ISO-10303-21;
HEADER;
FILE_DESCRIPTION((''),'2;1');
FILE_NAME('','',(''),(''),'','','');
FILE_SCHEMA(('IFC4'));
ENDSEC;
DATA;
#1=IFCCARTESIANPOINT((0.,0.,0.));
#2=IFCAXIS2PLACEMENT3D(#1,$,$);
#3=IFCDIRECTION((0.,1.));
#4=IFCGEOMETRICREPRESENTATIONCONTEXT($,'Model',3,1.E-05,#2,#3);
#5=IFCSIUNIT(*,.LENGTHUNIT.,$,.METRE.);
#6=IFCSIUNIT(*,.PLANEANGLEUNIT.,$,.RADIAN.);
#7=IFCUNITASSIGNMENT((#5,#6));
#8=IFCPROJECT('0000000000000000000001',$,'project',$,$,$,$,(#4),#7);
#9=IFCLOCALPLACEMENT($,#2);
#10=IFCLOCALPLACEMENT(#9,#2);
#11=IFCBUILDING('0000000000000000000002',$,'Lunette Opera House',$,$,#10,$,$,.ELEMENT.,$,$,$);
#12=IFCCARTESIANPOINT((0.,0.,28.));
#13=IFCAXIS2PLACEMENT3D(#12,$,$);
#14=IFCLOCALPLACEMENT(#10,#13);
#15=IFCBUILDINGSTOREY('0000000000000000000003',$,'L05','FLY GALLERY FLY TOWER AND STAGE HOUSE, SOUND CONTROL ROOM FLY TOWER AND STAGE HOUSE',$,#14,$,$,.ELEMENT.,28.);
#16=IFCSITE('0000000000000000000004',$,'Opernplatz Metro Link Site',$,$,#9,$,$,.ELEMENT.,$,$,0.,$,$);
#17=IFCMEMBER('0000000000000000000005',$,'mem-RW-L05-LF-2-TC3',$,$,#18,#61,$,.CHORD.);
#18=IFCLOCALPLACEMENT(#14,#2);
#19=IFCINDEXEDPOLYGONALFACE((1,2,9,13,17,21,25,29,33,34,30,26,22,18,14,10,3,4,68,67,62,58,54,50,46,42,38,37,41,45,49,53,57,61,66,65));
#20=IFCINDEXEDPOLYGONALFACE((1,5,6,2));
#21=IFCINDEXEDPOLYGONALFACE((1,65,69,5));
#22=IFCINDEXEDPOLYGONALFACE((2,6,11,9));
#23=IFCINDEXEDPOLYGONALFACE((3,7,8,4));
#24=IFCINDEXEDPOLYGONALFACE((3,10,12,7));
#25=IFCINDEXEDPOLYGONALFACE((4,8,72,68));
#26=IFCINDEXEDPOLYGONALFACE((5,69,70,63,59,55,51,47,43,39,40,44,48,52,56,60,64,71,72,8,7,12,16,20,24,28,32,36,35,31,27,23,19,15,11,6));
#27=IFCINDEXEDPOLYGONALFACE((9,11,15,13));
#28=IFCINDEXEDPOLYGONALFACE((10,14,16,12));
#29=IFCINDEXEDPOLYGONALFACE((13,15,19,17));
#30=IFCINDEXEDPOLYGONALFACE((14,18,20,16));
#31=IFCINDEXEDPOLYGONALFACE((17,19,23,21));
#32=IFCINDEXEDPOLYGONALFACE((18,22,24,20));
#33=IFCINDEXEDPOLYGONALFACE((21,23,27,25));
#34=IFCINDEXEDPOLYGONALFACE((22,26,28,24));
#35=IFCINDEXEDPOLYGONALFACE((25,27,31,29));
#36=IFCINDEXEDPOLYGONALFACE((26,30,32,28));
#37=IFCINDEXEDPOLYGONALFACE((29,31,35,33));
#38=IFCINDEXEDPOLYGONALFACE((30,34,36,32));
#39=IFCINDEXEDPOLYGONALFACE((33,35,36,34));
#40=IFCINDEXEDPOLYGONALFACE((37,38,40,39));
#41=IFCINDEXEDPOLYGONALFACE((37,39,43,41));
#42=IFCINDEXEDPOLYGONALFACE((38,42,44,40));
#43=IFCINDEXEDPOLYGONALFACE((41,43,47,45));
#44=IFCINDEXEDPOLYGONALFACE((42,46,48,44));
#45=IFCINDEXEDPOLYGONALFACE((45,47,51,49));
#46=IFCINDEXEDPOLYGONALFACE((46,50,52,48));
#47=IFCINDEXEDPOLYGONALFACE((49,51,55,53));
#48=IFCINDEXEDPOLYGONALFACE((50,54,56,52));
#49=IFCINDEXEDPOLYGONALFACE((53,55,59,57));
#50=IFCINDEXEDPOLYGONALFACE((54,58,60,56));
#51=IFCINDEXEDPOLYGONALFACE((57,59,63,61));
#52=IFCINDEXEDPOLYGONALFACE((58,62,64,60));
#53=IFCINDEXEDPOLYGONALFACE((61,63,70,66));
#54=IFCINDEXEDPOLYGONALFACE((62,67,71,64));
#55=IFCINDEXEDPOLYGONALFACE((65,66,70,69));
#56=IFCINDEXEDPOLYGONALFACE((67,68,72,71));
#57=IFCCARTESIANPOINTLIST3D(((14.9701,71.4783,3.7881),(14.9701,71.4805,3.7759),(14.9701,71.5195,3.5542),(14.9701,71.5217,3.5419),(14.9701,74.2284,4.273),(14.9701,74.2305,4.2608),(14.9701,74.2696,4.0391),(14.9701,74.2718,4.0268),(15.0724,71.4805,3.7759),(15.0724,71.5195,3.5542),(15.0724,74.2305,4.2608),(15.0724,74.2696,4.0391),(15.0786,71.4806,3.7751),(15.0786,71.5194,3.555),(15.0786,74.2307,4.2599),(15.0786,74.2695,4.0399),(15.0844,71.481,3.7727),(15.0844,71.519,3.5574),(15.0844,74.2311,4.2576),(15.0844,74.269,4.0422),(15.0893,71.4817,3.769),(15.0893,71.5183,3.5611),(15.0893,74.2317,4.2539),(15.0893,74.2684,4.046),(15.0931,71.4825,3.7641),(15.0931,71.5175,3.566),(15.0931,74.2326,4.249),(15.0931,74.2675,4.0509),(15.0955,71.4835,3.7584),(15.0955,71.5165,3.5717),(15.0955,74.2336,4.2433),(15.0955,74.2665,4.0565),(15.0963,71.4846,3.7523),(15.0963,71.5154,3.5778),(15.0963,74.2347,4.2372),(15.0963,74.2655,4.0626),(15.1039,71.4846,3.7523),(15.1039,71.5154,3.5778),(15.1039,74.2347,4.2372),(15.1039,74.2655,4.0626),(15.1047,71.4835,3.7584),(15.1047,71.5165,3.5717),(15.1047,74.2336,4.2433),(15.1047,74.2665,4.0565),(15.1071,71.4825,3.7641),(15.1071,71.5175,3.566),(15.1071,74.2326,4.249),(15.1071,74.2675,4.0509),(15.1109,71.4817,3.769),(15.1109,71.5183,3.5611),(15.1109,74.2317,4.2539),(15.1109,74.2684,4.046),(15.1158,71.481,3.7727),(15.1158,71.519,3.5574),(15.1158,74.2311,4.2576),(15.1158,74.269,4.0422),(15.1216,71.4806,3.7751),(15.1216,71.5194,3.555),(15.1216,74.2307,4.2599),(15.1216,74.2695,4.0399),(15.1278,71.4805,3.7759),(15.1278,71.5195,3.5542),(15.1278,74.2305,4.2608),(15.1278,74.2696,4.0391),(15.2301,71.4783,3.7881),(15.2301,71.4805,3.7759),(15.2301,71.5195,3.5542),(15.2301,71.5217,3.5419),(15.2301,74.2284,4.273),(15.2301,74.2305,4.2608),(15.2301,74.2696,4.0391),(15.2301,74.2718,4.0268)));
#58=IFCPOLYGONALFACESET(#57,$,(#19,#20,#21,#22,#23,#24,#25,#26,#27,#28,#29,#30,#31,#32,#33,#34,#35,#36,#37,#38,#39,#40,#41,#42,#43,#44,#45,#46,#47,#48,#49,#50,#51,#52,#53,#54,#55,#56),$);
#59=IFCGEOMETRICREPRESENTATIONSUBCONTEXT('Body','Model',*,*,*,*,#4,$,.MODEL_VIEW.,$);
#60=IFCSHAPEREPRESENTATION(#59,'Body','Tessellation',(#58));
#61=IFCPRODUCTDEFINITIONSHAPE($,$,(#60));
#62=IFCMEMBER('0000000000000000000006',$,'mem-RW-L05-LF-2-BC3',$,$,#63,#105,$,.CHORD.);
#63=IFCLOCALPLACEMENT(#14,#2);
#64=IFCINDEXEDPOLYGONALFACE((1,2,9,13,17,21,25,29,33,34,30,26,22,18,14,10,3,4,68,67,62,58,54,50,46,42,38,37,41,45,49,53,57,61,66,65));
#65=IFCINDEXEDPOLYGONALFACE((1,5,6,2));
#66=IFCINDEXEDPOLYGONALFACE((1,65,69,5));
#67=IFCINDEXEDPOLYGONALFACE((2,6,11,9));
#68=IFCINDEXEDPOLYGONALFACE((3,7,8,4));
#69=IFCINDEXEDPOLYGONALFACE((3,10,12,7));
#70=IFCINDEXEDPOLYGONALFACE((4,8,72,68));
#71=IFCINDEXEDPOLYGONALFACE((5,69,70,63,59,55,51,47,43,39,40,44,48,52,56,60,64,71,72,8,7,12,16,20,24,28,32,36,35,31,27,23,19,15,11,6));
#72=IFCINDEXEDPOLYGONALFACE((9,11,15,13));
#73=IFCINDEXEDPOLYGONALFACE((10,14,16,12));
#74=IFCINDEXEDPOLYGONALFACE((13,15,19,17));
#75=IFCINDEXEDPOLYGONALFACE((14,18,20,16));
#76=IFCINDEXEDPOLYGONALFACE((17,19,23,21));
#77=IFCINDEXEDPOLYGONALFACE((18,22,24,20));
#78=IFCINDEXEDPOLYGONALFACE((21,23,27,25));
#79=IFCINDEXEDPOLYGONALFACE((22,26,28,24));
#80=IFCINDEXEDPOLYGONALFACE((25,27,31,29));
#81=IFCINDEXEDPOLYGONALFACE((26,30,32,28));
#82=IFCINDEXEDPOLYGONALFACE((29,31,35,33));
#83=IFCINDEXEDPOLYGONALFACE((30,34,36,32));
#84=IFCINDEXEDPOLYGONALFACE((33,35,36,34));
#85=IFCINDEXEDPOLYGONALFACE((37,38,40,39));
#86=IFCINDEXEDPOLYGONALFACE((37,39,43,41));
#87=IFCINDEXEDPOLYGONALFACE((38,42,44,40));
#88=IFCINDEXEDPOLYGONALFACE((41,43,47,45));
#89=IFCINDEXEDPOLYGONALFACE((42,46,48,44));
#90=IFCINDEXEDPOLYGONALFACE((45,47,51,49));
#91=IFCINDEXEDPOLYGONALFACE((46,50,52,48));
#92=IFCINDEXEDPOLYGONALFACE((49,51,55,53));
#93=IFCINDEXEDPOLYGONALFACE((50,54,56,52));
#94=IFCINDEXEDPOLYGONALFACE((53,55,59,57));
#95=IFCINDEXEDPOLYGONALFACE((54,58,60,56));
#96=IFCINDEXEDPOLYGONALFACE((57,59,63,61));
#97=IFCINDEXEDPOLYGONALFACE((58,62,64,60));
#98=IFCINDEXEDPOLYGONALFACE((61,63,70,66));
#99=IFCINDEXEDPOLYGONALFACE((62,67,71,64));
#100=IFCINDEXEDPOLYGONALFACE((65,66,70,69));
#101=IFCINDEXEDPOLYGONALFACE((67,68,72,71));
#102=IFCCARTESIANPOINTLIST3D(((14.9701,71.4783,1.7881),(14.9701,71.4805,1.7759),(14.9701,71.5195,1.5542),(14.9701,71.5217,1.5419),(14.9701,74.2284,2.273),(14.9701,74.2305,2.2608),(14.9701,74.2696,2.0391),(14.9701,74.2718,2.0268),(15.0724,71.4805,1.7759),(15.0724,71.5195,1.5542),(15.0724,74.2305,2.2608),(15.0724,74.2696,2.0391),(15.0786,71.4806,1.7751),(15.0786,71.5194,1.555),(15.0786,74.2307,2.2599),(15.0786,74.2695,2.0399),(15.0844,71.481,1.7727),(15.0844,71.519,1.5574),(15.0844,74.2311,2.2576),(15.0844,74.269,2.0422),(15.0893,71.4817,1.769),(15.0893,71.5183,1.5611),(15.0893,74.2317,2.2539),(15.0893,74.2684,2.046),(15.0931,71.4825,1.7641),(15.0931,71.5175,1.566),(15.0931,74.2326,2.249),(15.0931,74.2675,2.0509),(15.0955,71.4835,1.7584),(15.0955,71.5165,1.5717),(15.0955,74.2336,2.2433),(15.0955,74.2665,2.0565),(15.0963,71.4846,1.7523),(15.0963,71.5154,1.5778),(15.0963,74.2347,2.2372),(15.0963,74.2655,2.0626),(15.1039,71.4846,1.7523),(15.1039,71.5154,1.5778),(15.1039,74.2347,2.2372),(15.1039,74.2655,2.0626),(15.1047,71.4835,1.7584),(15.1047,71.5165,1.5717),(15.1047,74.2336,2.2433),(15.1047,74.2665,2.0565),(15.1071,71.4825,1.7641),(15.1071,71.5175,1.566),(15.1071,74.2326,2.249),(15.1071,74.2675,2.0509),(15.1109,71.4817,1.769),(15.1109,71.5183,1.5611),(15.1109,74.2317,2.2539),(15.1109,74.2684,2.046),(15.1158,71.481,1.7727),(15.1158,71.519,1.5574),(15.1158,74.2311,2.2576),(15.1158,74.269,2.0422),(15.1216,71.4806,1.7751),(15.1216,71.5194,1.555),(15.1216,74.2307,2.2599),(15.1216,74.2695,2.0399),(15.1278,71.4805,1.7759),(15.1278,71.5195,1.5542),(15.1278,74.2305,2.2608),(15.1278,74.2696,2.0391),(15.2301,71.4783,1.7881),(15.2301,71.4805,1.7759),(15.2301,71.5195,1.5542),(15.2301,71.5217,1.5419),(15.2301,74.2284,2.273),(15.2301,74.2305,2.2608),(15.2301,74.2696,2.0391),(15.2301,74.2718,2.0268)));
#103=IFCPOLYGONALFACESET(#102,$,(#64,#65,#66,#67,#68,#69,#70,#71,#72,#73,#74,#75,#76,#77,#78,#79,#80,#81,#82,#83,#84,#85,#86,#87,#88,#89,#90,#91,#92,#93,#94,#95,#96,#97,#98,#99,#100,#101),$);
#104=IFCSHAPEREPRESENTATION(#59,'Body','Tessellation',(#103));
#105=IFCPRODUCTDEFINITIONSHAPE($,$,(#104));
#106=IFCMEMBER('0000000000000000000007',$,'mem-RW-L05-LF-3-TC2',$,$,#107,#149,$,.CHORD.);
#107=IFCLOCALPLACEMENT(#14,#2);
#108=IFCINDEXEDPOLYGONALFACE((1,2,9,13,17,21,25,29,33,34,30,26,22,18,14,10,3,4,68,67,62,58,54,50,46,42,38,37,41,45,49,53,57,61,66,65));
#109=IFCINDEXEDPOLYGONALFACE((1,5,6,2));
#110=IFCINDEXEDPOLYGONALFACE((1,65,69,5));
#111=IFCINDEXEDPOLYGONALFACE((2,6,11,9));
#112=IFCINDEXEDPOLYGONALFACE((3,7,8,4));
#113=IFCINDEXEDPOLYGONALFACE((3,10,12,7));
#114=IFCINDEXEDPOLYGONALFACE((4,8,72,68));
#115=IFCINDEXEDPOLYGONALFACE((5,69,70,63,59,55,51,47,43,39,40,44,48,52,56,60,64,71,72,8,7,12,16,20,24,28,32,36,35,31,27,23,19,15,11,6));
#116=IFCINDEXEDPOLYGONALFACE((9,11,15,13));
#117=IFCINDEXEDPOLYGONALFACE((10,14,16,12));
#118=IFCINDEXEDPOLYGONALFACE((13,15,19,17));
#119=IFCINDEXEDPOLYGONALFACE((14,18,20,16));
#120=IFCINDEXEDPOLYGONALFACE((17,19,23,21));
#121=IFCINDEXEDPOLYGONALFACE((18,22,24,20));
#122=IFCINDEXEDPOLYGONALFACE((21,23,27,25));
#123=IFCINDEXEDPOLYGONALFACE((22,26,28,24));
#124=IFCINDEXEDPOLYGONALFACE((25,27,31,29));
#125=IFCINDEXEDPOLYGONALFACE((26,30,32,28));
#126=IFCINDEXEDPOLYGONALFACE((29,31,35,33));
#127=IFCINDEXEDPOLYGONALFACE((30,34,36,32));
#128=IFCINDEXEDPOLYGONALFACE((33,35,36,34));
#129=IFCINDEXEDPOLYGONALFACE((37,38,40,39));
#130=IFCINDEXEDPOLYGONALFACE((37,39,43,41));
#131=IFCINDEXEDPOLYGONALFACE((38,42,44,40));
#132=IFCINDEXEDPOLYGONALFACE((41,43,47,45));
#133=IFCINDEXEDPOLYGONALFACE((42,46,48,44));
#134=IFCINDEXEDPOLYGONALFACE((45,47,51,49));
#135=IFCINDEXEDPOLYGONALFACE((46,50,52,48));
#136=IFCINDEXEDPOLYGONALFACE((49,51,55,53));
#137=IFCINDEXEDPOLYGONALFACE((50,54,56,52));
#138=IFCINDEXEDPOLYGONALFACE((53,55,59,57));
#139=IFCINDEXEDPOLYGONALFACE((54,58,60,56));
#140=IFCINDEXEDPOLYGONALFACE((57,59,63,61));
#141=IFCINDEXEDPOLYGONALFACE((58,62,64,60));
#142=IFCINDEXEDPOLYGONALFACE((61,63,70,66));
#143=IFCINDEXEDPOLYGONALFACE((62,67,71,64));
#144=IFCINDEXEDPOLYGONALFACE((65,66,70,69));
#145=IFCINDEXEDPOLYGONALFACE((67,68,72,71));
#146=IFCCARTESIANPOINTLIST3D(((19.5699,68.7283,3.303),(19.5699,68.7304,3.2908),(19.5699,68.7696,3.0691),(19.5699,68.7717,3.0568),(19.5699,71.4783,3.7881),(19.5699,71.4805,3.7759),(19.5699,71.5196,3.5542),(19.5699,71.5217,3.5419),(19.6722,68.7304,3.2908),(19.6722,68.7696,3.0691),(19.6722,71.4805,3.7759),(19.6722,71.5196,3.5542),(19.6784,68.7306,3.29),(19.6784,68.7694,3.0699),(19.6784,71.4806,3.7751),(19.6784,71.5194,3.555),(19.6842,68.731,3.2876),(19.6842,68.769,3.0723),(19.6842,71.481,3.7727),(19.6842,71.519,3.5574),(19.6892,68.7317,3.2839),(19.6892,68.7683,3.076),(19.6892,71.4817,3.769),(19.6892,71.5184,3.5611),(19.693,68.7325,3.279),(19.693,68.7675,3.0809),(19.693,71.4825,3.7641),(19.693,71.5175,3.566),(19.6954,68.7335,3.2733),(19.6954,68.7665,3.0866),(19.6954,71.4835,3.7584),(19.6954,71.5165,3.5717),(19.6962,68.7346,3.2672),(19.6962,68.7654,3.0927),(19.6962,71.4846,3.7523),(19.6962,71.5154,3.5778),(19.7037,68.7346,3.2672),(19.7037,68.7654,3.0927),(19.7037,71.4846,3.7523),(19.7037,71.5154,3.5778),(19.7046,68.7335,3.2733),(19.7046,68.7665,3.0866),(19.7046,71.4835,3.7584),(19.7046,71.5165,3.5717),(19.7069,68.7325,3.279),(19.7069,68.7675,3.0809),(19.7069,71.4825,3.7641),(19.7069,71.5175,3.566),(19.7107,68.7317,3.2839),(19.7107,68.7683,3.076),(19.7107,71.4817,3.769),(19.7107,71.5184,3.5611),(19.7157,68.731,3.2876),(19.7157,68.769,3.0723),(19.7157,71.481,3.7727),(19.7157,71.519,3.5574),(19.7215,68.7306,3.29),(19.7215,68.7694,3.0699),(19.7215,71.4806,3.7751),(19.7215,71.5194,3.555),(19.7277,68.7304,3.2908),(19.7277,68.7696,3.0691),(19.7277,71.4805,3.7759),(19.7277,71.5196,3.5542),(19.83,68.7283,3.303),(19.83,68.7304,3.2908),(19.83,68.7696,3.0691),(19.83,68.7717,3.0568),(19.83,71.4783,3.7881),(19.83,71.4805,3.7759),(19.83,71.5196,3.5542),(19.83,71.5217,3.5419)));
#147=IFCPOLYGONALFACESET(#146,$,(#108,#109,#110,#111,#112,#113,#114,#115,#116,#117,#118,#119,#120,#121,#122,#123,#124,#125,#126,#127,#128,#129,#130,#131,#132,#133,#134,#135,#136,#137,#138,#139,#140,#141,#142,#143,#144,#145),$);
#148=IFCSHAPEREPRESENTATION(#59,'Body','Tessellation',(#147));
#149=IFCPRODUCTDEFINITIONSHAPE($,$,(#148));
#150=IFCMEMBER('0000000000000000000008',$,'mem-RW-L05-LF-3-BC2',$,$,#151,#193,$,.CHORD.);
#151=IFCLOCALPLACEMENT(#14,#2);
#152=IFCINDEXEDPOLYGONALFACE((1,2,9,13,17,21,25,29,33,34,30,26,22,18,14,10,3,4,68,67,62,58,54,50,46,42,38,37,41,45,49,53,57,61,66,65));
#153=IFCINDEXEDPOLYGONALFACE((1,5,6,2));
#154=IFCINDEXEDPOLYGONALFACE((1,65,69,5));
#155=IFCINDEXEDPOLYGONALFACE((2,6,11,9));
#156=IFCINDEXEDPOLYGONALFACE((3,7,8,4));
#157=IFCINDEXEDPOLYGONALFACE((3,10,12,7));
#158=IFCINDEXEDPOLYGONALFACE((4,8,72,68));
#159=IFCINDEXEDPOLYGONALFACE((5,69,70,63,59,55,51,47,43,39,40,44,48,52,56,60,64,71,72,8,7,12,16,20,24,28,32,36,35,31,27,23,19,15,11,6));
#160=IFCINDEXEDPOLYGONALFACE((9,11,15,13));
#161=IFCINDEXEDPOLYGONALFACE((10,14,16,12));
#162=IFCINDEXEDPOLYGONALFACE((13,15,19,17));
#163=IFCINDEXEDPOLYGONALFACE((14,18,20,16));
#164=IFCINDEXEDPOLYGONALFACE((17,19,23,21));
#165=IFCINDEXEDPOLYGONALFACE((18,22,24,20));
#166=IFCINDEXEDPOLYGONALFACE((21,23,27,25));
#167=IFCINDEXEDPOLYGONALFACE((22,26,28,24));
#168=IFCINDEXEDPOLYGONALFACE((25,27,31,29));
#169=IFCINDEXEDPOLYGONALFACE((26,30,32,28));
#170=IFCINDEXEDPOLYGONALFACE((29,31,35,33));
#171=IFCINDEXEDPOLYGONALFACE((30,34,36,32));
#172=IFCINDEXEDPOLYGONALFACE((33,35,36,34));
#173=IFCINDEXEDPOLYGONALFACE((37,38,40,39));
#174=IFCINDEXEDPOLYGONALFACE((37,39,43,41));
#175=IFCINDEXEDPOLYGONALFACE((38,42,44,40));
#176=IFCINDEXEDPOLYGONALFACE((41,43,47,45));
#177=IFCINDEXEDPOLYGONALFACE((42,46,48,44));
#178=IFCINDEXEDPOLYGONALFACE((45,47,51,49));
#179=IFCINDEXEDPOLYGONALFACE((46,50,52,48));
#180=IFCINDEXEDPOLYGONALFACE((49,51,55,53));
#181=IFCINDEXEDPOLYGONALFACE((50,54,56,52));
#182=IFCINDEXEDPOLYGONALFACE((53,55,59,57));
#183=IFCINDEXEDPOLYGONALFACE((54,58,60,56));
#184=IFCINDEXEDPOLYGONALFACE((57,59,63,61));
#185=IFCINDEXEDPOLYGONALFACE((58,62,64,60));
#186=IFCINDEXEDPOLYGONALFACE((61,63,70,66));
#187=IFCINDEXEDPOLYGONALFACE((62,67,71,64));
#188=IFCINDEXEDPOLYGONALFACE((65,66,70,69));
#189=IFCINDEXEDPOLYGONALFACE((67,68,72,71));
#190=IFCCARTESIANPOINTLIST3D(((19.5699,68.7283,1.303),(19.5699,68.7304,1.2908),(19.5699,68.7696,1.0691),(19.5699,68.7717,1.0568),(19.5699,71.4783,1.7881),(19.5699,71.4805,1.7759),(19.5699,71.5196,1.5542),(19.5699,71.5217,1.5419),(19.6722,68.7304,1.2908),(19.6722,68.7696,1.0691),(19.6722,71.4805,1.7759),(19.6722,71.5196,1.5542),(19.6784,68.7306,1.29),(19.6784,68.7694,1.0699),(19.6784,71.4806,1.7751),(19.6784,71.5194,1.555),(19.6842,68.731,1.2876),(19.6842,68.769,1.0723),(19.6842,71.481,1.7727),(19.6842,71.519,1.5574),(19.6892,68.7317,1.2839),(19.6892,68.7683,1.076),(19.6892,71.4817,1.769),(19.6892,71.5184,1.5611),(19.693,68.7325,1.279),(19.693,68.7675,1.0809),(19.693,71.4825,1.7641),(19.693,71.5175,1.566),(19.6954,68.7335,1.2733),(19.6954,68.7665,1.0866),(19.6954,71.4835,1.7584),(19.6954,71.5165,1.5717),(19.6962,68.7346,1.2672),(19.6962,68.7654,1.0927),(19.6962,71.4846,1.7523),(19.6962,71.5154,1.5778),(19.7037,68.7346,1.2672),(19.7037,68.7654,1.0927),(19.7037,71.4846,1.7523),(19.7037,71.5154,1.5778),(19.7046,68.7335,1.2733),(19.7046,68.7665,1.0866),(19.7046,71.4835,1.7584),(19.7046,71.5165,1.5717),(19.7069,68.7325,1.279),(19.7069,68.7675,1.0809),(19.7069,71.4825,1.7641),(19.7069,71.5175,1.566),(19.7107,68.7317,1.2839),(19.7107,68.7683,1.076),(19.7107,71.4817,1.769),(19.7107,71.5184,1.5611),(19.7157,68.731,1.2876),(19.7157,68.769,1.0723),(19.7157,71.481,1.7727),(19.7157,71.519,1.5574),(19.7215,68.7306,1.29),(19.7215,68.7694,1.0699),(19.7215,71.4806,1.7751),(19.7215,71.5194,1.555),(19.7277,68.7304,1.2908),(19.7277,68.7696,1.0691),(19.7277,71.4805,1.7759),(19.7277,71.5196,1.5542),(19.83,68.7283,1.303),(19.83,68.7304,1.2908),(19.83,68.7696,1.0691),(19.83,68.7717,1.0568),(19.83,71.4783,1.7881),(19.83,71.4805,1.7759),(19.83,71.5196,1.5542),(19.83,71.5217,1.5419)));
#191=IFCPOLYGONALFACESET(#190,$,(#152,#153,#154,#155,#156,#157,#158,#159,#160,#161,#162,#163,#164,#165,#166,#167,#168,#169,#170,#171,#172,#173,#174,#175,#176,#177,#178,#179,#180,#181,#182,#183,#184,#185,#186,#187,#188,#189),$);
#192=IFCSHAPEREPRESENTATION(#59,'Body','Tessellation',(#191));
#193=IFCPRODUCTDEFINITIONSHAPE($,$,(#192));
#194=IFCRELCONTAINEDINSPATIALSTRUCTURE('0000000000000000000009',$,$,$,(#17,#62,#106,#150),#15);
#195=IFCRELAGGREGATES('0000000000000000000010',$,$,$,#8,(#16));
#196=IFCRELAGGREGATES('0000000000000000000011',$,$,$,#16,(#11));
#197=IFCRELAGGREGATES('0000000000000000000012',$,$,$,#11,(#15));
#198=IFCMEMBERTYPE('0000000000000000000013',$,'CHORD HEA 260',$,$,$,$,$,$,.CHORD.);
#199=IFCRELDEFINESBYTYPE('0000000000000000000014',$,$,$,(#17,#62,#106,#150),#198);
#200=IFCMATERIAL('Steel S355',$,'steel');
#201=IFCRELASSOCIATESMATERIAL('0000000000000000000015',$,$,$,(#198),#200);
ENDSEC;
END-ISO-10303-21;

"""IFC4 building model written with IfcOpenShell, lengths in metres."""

from ifc_helpers import new_model, si_unit, direction, frame, origin, origin_2d, place, context, subcontext, project, spatial, i_section, extrude, material, material_profile, profile_set, type_object, element, save


model = new_model("IFC4")

# Units and contexts
model_context = context("Model", 3, precision=1e-05, world=origin(), true_north=direction((0.0, 1.0)))
body_context = subcontext(model_context, "Body", "Model", "MODEL_VIEW")
ifc_project = project(units=[si_unit("LENGTHUNIT", "METRE"), si_unit("PLANEANGLEUNIT", "RADIAN")], contexts=[model_context])

# Site, building, storey
site_placement = place(None, origin())
site = spatial("IfcSite", under=ifc_project, at=site_placement, Name="Opernplatz Metro Link Site", CompositionType="ELEMENT", RefElevation=0.0)
building_placement = place(site_placement, origin())
building = spatial("IfcBuilding", under=site, at=building_placement, Name="Lunette Opera House", CompositionType="ELEMENT")
storey_placement = place(building_placement, frame((0.0, 0.0, 28.0)))
storey = spatial("IfcBuildingStorey", under=building, at=storey_placement, Name="L05", Description="FLY GALLERY FLY TOWER AND STAGE HOUSE, SOUND CONTROL ROOM FLY TOWER AND STAGE HOUSE", CompositionType="ELEMENT", Elevation=28.0)

# Members
ifc_material_1 = material(Name="Steel S355", Category="steel")
ifc_material_profile_1 = material_profile(ifc_material_1, i_section(OverallWidth=0.26, OverallDepth=0.25, WebThickness=0.0076, FlangeThickness=0.0125, FilletRadius=0.0239, at=origin_2d()), Name="HEA 260")
ifc_profile_set_1 = profile_set([ifc_material_profile_1], Name="Steel S355")
member_type_1 = type_object("IfcMemberType", Name="CHORD HEA 260", PredefinedType="CHORD", material=ifc_profile_set_1)
for number, where, z_axis, x_axis, name in (
    (1, (15.1001, 71.5, 3.665), (0.0, 0.98481, 0.173636), (-1.0, 0.0, 0.0), "mem-RW-L05-LF-2-TC3"),
    (2, (15.1001, 71.5, 1.665), (0.0, 0.98481, 0.173636), (-1.0, 0.0, 0.0), "mem-RW-L05-LF-2-BC3"),
    (3, (19.7, 68.75, 3.1799), (0.0, 0.984795, 0.17372), (-1.0, 0.0, 0.0), "mem-RW-L05-LF-3-TC2"),
    (4, (19.7, 68.75, 1.1799), (0.0, 0.984795, 0.17372), (-1.0, 0.0, 0.0), "mem-RW-L05-LF-3-BC2"),
):
    element("IfcMember", number, at=place(storey_placement, frame(where, z_axis=z_axis, x_axis=x_axis)), inside=storey, type_object=member_type_1, Name=name, PredefinedType="CHORD", context=body_context, shape_type="SweptSolid", body=[
        extrude(i_section(OverallWidth=0.26, OverallDepth=0.25, WebThickness=0.0076, FlangeThickness=0.0125, FilletRadius=0.0239, at=origin_2d()), origin(), (0.0, 0.0, 1.0), 2.7925),
    ])

save(model, "model.ifc")
